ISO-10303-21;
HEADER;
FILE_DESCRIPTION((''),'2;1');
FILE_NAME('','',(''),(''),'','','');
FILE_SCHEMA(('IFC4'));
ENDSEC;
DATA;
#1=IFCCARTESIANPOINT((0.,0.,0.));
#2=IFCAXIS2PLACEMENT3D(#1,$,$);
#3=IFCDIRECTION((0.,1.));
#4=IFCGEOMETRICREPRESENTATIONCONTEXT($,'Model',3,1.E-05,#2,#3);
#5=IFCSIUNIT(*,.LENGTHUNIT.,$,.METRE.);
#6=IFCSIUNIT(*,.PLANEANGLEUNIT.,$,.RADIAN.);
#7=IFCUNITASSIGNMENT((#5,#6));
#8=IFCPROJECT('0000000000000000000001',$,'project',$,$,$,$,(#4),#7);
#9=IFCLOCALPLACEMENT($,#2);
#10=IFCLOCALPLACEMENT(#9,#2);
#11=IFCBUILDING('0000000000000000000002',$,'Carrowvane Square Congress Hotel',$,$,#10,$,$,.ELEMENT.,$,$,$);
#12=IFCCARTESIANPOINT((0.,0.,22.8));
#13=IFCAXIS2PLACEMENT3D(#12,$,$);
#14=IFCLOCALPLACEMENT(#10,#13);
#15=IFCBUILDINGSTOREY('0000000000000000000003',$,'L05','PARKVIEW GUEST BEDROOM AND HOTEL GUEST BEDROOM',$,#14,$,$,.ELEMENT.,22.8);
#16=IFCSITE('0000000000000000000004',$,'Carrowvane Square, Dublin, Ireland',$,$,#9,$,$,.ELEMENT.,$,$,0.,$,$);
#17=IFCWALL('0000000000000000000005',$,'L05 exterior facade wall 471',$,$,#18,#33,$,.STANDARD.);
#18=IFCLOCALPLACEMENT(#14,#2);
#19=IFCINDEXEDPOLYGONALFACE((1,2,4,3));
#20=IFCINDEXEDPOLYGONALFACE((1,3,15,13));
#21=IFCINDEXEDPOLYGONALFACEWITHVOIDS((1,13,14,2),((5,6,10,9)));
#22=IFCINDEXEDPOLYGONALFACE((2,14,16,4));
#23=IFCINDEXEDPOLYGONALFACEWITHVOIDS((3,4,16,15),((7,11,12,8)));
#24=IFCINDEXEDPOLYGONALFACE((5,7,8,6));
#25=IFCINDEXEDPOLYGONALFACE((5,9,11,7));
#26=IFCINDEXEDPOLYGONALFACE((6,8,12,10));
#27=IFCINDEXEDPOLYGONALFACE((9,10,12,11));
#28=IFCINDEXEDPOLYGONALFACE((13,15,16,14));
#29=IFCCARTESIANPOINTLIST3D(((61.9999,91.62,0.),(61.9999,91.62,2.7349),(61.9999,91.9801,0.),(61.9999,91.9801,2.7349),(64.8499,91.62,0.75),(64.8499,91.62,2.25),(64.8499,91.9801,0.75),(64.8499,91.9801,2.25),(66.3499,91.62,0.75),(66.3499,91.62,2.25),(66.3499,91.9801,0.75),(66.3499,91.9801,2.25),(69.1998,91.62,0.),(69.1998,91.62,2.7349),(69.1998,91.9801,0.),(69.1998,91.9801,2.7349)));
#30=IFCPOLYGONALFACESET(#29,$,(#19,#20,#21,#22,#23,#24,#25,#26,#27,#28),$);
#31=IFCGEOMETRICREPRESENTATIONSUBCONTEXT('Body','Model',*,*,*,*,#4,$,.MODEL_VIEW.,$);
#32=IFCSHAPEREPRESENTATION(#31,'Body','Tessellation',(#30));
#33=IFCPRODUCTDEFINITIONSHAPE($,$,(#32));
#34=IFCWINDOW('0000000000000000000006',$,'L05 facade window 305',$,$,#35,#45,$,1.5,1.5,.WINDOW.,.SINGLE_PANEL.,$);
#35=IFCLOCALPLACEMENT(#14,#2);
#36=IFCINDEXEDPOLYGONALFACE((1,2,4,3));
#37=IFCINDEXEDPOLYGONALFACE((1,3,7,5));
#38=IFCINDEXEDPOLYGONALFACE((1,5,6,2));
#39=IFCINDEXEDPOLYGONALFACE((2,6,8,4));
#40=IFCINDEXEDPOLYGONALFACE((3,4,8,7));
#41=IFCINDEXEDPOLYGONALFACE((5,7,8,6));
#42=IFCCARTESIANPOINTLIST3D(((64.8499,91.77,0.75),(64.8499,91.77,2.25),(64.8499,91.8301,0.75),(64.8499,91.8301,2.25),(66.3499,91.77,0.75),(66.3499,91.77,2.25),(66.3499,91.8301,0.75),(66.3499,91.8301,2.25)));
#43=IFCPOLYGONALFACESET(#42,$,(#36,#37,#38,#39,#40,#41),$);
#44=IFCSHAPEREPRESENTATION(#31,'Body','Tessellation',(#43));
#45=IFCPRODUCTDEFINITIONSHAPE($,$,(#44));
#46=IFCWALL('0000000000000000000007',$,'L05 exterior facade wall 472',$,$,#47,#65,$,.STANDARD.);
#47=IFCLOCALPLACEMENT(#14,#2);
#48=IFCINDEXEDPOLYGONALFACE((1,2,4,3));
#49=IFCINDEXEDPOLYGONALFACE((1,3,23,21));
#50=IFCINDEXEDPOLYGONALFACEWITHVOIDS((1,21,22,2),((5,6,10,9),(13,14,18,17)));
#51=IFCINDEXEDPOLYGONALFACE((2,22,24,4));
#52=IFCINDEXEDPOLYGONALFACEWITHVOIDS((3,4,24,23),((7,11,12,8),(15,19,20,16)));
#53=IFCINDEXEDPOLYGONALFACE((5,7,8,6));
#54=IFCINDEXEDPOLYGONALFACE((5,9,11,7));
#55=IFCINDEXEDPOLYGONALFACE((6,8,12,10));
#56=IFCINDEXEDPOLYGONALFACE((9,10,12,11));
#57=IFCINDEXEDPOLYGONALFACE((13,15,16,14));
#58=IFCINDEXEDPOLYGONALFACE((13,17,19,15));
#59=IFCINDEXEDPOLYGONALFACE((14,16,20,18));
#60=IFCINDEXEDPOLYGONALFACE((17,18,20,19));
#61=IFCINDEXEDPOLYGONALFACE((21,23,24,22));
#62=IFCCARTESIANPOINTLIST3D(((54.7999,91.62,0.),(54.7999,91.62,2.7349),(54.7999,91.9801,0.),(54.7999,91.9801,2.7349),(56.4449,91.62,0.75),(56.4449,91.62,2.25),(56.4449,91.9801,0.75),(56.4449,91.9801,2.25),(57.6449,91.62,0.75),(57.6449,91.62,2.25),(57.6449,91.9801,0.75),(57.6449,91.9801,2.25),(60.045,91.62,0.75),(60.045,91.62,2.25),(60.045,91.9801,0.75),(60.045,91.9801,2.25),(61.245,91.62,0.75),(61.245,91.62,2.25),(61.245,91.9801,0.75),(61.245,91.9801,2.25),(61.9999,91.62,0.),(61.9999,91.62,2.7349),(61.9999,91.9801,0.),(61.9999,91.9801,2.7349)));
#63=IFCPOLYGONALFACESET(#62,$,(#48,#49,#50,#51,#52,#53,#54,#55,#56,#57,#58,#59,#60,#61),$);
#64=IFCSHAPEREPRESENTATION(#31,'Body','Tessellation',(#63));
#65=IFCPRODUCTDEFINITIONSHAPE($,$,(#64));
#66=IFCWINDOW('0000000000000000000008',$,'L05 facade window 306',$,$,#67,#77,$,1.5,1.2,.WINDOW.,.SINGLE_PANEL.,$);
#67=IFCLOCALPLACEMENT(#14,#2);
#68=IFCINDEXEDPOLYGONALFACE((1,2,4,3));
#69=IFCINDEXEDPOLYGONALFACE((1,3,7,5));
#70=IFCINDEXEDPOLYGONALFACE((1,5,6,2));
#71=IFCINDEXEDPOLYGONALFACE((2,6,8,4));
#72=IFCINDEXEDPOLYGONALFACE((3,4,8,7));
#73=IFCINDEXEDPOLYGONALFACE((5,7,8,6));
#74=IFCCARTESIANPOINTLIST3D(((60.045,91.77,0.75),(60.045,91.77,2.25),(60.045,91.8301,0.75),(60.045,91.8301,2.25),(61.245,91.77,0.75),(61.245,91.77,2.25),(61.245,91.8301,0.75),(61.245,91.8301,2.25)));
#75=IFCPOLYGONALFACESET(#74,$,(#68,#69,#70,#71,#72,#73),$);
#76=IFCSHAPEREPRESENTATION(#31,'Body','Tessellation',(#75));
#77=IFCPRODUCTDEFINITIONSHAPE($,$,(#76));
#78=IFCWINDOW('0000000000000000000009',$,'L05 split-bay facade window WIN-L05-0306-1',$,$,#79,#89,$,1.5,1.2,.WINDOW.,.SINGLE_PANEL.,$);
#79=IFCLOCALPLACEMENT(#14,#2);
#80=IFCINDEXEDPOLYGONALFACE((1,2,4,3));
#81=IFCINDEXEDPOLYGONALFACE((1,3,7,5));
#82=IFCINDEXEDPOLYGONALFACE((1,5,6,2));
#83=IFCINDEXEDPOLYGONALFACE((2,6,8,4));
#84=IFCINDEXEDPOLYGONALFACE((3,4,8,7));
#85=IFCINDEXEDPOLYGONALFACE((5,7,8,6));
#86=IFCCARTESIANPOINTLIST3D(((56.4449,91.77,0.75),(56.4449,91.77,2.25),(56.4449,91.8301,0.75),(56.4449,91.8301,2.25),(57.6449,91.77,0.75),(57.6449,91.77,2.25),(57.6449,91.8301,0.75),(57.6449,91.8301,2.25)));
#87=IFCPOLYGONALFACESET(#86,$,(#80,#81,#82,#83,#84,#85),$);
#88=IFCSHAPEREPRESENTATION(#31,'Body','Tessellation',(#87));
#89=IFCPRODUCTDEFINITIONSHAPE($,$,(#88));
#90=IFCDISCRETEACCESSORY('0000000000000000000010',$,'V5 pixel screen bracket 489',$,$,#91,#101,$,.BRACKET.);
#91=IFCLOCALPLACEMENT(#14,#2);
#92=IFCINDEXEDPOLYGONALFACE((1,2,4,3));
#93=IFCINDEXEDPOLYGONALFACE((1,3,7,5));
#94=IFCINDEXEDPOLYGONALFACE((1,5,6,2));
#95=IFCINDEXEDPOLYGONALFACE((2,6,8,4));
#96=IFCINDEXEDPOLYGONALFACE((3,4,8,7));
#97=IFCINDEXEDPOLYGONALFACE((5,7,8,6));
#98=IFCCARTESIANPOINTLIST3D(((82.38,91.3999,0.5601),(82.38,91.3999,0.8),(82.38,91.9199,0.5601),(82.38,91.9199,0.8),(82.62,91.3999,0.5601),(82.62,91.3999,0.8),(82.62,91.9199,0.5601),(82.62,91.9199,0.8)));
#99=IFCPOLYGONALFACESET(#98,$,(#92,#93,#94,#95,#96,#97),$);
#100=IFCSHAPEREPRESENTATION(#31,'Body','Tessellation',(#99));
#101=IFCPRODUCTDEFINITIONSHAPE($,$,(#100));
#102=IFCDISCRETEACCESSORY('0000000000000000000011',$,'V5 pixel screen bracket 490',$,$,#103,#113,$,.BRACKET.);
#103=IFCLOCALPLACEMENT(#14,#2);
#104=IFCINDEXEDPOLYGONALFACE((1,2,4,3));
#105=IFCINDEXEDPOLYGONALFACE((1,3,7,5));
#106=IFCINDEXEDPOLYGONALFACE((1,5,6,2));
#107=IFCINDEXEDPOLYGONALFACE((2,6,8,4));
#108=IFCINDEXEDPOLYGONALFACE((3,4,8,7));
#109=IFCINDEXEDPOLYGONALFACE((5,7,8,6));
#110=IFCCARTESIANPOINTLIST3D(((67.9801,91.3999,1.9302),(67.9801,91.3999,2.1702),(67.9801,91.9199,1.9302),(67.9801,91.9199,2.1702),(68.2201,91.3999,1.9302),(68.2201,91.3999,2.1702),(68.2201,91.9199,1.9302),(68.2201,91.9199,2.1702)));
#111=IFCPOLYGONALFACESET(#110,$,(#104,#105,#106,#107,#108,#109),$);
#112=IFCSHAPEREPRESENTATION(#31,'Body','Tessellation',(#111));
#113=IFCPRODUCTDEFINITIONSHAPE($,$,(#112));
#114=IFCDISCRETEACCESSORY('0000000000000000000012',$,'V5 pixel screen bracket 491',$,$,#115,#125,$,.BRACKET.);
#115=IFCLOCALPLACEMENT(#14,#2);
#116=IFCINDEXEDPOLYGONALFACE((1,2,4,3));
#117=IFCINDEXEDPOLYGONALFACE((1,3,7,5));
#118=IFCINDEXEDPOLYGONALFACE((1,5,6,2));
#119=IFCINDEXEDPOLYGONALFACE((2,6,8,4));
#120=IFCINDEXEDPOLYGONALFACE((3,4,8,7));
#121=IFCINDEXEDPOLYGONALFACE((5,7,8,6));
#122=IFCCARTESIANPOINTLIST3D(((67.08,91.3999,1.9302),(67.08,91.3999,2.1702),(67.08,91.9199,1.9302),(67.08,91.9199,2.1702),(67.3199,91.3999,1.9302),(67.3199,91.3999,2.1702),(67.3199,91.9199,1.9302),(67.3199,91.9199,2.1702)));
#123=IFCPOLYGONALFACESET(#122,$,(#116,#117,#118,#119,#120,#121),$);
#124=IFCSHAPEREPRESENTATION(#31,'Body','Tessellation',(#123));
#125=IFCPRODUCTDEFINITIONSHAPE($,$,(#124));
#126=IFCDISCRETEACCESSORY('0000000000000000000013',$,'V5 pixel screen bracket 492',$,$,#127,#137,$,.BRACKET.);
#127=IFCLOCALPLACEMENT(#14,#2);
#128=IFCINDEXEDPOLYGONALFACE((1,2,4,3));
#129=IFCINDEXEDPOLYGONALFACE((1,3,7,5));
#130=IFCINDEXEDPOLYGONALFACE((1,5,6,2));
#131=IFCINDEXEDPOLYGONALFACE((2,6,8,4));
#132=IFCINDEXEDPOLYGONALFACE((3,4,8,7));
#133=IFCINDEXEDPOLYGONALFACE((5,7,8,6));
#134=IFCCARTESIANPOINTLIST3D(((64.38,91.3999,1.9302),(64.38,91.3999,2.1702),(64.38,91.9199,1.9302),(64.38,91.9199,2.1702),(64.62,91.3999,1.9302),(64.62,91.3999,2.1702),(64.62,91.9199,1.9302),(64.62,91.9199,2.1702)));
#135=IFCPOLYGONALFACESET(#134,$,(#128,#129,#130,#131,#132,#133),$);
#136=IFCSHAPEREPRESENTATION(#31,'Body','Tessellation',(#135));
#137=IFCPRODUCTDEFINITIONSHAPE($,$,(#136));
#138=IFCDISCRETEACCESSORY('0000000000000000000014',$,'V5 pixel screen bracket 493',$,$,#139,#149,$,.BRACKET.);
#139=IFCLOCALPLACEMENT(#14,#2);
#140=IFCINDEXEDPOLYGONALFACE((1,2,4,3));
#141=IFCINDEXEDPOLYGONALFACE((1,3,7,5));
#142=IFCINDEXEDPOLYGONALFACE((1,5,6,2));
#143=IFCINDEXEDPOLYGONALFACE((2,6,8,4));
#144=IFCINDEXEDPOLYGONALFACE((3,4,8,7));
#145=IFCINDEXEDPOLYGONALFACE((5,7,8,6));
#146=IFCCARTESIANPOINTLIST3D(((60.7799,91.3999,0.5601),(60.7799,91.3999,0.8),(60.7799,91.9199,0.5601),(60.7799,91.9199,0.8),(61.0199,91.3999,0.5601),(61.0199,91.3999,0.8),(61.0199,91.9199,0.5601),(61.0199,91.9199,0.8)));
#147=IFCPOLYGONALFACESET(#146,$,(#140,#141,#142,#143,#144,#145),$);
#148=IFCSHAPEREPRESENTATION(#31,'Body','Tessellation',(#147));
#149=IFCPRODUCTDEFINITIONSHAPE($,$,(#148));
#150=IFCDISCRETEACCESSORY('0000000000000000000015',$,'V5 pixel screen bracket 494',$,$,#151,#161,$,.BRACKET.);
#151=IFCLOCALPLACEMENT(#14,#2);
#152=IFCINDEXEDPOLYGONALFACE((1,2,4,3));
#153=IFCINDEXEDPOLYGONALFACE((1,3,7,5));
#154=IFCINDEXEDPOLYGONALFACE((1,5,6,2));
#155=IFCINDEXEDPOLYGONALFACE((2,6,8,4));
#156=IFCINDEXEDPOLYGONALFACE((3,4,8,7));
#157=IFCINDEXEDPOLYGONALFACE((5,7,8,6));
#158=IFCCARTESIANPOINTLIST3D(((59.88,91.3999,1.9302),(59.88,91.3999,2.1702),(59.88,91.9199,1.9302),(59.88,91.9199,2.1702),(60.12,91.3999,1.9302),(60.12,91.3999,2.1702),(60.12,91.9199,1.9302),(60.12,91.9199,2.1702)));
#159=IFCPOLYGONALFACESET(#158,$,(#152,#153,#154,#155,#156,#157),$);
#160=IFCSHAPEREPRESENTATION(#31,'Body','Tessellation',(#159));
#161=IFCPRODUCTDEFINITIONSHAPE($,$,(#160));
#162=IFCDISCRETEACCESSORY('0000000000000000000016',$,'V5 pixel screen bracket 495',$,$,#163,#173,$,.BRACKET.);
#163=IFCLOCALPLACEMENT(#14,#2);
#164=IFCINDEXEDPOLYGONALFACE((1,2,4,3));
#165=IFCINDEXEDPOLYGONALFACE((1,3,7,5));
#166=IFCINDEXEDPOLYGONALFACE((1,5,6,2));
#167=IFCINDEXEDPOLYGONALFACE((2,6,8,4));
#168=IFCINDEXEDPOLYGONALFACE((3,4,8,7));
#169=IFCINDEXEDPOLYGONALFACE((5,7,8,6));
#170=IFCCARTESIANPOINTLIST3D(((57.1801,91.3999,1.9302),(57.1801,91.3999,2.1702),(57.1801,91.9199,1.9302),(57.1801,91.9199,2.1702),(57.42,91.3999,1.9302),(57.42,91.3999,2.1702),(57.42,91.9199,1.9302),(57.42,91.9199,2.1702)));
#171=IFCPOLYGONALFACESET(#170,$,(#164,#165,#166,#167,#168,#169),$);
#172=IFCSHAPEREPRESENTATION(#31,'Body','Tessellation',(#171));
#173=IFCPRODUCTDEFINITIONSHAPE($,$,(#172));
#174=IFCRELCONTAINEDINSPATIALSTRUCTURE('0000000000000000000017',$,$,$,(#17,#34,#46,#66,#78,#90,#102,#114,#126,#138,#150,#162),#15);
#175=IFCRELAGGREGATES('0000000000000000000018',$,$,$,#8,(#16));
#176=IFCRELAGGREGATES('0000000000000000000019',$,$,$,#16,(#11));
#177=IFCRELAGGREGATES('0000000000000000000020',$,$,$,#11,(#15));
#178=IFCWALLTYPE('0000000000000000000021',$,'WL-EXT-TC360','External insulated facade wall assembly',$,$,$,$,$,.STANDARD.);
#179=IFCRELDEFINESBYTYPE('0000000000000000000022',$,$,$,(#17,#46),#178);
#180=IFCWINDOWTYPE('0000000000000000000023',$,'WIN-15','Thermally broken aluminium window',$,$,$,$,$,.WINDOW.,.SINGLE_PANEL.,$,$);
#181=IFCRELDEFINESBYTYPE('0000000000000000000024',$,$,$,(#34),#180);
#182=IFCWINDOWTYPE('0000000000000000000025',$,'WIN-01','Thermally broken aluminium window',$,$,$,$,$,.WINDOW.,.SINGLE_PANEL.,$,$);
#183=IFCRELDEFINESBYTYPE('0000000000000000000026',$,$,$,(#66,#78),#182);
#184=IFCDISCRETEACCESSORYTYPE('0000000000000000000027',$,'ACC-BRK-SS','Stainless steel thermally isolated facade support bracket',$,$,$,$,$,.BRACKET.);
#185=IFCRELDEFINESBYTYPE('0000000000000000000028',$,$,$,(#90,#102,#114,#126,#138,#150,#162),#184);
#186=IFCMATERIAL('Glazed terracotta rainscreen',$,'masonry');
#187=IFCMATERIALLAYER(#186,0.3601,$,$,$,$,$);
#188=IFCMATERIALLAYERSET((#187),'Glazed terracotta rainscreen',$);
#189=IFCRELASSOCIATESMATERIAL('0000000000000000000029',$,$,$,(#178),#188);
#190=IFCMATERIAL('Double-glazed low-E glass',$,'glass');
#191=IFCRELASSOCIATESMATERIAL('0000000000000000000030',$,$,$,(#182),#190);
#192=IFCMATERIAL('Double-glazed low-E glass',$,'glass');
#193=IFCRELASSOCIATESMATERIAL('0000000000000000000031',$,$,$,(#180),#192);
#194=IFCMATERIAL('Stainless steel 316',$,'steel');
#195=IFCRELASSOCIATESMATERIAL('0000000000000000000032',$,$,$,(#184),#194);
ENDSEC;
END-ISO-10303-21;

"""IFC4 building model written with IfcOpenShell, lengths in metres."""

from ifc_helpers import new_model, si_unit, direction, frame, frame_2d, origin, origin_2d, place, context, subcontext, project, spatial, rectangle, extrude, material, layer, layer_set, type_object, element, fill, save


model = new_model("IFC4")

# Units and contexts
model_context = context("Model", 3, precision=1e-05, world=origin(), true_north=direction((0.0, 1.0)))
body_context = subcontext(model_context, "Body", "Model", "MODEL_VIEW")
ifc_project = project(units=[si_unit("LENGTHUNIT", "METRE"), si_unit("PLANEANGLEUNIT", "RADIAN")], contexts=[model_context])

# Site, building, storey
site_placement = place(None, origin())
site = spatial("IfcSite", under=ifc_project, at=site_placement, Name="Carrowvane Square, Dublin, Ireland", CompositionType="ELEMENT", RefElevation=0.0)
building_placement = place(site_placement, origin())
building = spatial("IfcBuilding", under=site, at=building_placement, Name="Carrowvane Square Congress Hotel", CompositionType="ELEMENT")
storey_placement = place(building_placement, frame((0.0, 0.0, 22.8)))
storey = spatial("IfcBuildingStorey", under=building, at=storey_placement, Name="L05", Description="PARKVIEW GUEST BEDROOM AND HOTEL GUEST BEDROOM", CompositionType="ELEMENT", Elevation=22.8)

# Shared definitions
ifc_material_1 = material(Name="Glazed terracotta rainscreen", Category="masonry")
ifc_layer_1 = layer(ifc_material_1, 0.3601)
ifc_layer_set_1 = layer_set([ifc_layer_1], Name="Glazed terracotta rainscreen")
wall_type = type_object("IfcWallType", Name="WL-EXT-TC360", Description="External insulated facade wall assembly", PredefinedType="STANDARD", material=ifc_layer_set_1)
ifc_material_2 = material(Name="Double-glazed low-E glass", Category="glass")
window_type_1 = type_object("IfcWindowType", Name="WIN-01", Description="Thermally broken aluminium window", PartitioningType="SINGLE_PANEL", PredefinedType="WINDOW", material=ifc_material_2)

# Wall, opening, window
wall_1_placement = place(storey_placement, frame((69.2, 91.8, 0.0), z_axis=(0.0, 0.0, 1.0), x_axis=(-1.0, 0.0, 0.0)))
wall_1 = element("IfcWall", 1, at=wall_1_placement, inside=storey, type_object=wall_type, Name="L05 exterior facade wall 471", PredefinedType="STANDARD", context=body_context, shape_type="SweptSolid", body=[
    extrude(rectangle(XDim=7.2, YDim=0.3601, at=frame_2d((3.6001, 0.0))), origin(), (0.0, 0.0, 1.0), 2.7349),
])
opening_1_placement = place(wall_1_placement, frame((2.8501, 0.0, 0.75)))
opening_1 = element("IfcOpeningElement", 2, at=opening_1_placement, cuts=wall_1, PredefinedType="OPENING", context=body_context, shape_type="SweptSolid", body=[
    extrude(rectangle(XDim=1.5, YDim=1.5, at=frame_2d((0.75, 0.75))), frame((0.0, 0.1899, 0.0), z_axis=(0.0, -1.0, 0.0), x_axis=(1.0, 0.0, 0.0)), (0.0, 0.0, 1.0), 0.3801),
])
ifc_material_3 = material(Name="Double-glazed low-E glass", Category="glass")
window_type_2 = type_object("IfcWindowType", Name="WIN-15", Description="Thermally broken aluminium window", PartitioningType="SINGLE_PANEL", PredefinedType="WINDOW", material=ifc_material_3)
window_1_placement = place(opening_1_placement, origin())
window_1 = element("IfcWindow", 3, at=window_1_placement, inside=storey, type_object=window_type_2, Name="L05 facade window 305", OverallHeight=1.5, OverallWidth=1.5, PartitioningType="SINGLE_PANEL", PredefinedType="WINDOW", context=body_context, shape_type="SweptSolid", body=[
    extrude(rectangle(XDim=1.5, YDim=1.5, at=frame_2d((0.75, 0.75))), frame((0.0, 0.03, 0.0), z_axis=(0.0, -1.0, 0.0), x_axis=(1.0, 0.0, 0.0)), (0.0, 0.0, 1.0), 0.0601),
])
fill(opening_1, window_1)

# Wall, openings, windows
wall_2_placement = place(storey_placement, frame((62.0, 91.8, 0.0), z_axis=(0.0, 0.0, 1.0), x_axis=(-1.0, 0.0, 0.0)))
wall_2 = element("IfcWall", 4, at=wall_2_placement, inside=storey, type_object=wall_type, Name="L05 exterior facade wall 472", PredefinedType="STANDARD", context=body_context, shape_type="SweptSolid", body=[
    extrude(rectangle(XDim=7.2, YDim=0.3601, at=frame_2d((3.6001, 0.0))), origin(), (0.0, 0.0, 1.0), 2.7349),
])
opening_2_placement = place(wall_2_placement, frame((0.7549, 0.0, 0.75)))
opening_2 = element("IfcOpeningElement", 5, at=opening_2_placement, cuts=wall_2, PredefinedType="OPENING", context=body_context, shape_type="SweptSolid", body=[
    extrude(rectangle(XDim=1.2, YDim=1.5, at=frame_2d((0.6001, 0.75))), frame((0.0, 0.1899, 0.0), z_axis=(0.0, -1.0, 0.0), x_axis=(1.0, 0.0, 0.0)), (0.0, 0.0, 1.0), 0.3801),
])
opening_3_placement = place(wall_2_placement, frame((4.355, 0.0, 0.75)))
opening_3 = element("IfcOpeningElement", 6, at=opening_3_placement, cuts=wall_2, PredefinedType="OPENING", context=body_context, shape_type="SweptSolid", body=[
    extrude(rectangle(XDim=1.2, YDim=1.5, at=frame_2d((0.6001, 0.75))), frame((0.0, 0.1899, 0.0), z_axis=(0.0, -1.0, 0.0), x_axis=(1.0, 0.0, 0.0)), (0.0, 0.0, 1.0), 0.3801),
])
window_2_placement = place(opening_2_placement, origin())
window_2 = element("IfcWindow", 7, at=window_2_placement, inside=storey, type_object=window_type_1, Name="L05 facade window 306", OverallHeight=1.5, OverallWidth=1.2, PartitioningType="SINGLE_PANEL", PredefinedType="WINDOW", context=body_context, shape_type="SweptSolid", body=[
    extrude(rectangle(XDim=1.2, YDim=1.5, at=frame_2d((0.6001, 0.75))), frame((0.0, 0.03, 0.0), z_axis=(0.0, -1.0, 0.0), x_axis=(1.0, 0.0, 0.0)), (0.0, 0.0, 1.0), 0.0601),
])
fill(opening_2, window_2)
window_3_placement = place(opening_3_placement, origin())
window_3 = element("IfcWindow", 8, at=window_3_placement, inside=storey, type_object=window_type_1, Name="L05 split-bay facade window WIN-L05-0306-1", OverallHeight=1.5, OverallWidth=1.2, PartitioningType="SINGLE_PANEL", PredefinedType="WINDOW", context=body_context, shape_type="SweptSolid", body=[
    extrude(rectangle(XDim=1.2, YDim=1.5, at=frame_2d((0.6001, 0.75))), frame((0.0, 0.03, 0.0), z_axis=(0.0, -1.0, 0.0), x_axis=(1.0, 0.0, 0.0)), (0.0, 0.0, 1.0), 0.0601),
])
fill(opening_3, window_3)

# Discrete accessories
ifc_material_4 = material(Name="Stainless steel 316", Category="steel")
discrete_accessory_type = type_object("IfcDiscreteAccessoryType", Name="ACC-BRK-SS", Description="Stainless steel thermally isolated facade support bracket", PredefinedType="BRACKET", material=ifc_material_4)
for number, where, z_axis, x_axis, name in (
    (9, (82.5, 91.6599, 0.5601), (0.0, 0.0, 1.0), (-1.0, 0.0, 0.0), "V5 pixel screen bracket 489"),
    (10, (68.1001, 91.6599, 1.9302), (0.0, 0.0, 1.0), (-1.0, 0.0, 0.0), "V5 pixel screen bracket 490"),
    (11, (67.2, 91.6599, 1.9302), (0.0, 0.0, 1.0), (-1.0, 0.0, 0.0), "V5 pixel screen bracket 491"),
    (12, (64.5, 91.6599, 1.9302), (0.0, 0.0, 1.0), (-1.0, 0.0, 0.0), "V5 pixel screen bracket 492"),
    (13, (60.8999, 91.6599, 0.5601), (0.0, 0.0, 1.0), (-1.0, 0.0, 0.0), "V5 pixel screen bracket 493"),
    (14, (60.0, 91.6599, 1.9302), (0.0, 0.0, 1.0), (-1.0, 0.0, 0.0), "V5 pixel screen bracket 494"),
    (15, (57.3, 91.6599, 1.9302), (0.0, 0.0, 1.0), (-1.0, 0.0, 0.0), "V5 pixel screen bracket 495"),
):
    element("IfcDiscreteAccessory", number, at=place(storey_placement, frame(where, z_axis=z_axis, x_axis=x_axis)), inside=storey, type_object=discrete_accessory_type, Name=name, PredefinedType="BRACKET", context=body_context, shape_type="SweptSolid", body=[
        extrude(rectangle(XDim=0.24, YDim=0.52, at=origin_2d()), origin(), (0.0, 0.0, 1.0), 0.24),
    ])

save(model, "model.ifc")
